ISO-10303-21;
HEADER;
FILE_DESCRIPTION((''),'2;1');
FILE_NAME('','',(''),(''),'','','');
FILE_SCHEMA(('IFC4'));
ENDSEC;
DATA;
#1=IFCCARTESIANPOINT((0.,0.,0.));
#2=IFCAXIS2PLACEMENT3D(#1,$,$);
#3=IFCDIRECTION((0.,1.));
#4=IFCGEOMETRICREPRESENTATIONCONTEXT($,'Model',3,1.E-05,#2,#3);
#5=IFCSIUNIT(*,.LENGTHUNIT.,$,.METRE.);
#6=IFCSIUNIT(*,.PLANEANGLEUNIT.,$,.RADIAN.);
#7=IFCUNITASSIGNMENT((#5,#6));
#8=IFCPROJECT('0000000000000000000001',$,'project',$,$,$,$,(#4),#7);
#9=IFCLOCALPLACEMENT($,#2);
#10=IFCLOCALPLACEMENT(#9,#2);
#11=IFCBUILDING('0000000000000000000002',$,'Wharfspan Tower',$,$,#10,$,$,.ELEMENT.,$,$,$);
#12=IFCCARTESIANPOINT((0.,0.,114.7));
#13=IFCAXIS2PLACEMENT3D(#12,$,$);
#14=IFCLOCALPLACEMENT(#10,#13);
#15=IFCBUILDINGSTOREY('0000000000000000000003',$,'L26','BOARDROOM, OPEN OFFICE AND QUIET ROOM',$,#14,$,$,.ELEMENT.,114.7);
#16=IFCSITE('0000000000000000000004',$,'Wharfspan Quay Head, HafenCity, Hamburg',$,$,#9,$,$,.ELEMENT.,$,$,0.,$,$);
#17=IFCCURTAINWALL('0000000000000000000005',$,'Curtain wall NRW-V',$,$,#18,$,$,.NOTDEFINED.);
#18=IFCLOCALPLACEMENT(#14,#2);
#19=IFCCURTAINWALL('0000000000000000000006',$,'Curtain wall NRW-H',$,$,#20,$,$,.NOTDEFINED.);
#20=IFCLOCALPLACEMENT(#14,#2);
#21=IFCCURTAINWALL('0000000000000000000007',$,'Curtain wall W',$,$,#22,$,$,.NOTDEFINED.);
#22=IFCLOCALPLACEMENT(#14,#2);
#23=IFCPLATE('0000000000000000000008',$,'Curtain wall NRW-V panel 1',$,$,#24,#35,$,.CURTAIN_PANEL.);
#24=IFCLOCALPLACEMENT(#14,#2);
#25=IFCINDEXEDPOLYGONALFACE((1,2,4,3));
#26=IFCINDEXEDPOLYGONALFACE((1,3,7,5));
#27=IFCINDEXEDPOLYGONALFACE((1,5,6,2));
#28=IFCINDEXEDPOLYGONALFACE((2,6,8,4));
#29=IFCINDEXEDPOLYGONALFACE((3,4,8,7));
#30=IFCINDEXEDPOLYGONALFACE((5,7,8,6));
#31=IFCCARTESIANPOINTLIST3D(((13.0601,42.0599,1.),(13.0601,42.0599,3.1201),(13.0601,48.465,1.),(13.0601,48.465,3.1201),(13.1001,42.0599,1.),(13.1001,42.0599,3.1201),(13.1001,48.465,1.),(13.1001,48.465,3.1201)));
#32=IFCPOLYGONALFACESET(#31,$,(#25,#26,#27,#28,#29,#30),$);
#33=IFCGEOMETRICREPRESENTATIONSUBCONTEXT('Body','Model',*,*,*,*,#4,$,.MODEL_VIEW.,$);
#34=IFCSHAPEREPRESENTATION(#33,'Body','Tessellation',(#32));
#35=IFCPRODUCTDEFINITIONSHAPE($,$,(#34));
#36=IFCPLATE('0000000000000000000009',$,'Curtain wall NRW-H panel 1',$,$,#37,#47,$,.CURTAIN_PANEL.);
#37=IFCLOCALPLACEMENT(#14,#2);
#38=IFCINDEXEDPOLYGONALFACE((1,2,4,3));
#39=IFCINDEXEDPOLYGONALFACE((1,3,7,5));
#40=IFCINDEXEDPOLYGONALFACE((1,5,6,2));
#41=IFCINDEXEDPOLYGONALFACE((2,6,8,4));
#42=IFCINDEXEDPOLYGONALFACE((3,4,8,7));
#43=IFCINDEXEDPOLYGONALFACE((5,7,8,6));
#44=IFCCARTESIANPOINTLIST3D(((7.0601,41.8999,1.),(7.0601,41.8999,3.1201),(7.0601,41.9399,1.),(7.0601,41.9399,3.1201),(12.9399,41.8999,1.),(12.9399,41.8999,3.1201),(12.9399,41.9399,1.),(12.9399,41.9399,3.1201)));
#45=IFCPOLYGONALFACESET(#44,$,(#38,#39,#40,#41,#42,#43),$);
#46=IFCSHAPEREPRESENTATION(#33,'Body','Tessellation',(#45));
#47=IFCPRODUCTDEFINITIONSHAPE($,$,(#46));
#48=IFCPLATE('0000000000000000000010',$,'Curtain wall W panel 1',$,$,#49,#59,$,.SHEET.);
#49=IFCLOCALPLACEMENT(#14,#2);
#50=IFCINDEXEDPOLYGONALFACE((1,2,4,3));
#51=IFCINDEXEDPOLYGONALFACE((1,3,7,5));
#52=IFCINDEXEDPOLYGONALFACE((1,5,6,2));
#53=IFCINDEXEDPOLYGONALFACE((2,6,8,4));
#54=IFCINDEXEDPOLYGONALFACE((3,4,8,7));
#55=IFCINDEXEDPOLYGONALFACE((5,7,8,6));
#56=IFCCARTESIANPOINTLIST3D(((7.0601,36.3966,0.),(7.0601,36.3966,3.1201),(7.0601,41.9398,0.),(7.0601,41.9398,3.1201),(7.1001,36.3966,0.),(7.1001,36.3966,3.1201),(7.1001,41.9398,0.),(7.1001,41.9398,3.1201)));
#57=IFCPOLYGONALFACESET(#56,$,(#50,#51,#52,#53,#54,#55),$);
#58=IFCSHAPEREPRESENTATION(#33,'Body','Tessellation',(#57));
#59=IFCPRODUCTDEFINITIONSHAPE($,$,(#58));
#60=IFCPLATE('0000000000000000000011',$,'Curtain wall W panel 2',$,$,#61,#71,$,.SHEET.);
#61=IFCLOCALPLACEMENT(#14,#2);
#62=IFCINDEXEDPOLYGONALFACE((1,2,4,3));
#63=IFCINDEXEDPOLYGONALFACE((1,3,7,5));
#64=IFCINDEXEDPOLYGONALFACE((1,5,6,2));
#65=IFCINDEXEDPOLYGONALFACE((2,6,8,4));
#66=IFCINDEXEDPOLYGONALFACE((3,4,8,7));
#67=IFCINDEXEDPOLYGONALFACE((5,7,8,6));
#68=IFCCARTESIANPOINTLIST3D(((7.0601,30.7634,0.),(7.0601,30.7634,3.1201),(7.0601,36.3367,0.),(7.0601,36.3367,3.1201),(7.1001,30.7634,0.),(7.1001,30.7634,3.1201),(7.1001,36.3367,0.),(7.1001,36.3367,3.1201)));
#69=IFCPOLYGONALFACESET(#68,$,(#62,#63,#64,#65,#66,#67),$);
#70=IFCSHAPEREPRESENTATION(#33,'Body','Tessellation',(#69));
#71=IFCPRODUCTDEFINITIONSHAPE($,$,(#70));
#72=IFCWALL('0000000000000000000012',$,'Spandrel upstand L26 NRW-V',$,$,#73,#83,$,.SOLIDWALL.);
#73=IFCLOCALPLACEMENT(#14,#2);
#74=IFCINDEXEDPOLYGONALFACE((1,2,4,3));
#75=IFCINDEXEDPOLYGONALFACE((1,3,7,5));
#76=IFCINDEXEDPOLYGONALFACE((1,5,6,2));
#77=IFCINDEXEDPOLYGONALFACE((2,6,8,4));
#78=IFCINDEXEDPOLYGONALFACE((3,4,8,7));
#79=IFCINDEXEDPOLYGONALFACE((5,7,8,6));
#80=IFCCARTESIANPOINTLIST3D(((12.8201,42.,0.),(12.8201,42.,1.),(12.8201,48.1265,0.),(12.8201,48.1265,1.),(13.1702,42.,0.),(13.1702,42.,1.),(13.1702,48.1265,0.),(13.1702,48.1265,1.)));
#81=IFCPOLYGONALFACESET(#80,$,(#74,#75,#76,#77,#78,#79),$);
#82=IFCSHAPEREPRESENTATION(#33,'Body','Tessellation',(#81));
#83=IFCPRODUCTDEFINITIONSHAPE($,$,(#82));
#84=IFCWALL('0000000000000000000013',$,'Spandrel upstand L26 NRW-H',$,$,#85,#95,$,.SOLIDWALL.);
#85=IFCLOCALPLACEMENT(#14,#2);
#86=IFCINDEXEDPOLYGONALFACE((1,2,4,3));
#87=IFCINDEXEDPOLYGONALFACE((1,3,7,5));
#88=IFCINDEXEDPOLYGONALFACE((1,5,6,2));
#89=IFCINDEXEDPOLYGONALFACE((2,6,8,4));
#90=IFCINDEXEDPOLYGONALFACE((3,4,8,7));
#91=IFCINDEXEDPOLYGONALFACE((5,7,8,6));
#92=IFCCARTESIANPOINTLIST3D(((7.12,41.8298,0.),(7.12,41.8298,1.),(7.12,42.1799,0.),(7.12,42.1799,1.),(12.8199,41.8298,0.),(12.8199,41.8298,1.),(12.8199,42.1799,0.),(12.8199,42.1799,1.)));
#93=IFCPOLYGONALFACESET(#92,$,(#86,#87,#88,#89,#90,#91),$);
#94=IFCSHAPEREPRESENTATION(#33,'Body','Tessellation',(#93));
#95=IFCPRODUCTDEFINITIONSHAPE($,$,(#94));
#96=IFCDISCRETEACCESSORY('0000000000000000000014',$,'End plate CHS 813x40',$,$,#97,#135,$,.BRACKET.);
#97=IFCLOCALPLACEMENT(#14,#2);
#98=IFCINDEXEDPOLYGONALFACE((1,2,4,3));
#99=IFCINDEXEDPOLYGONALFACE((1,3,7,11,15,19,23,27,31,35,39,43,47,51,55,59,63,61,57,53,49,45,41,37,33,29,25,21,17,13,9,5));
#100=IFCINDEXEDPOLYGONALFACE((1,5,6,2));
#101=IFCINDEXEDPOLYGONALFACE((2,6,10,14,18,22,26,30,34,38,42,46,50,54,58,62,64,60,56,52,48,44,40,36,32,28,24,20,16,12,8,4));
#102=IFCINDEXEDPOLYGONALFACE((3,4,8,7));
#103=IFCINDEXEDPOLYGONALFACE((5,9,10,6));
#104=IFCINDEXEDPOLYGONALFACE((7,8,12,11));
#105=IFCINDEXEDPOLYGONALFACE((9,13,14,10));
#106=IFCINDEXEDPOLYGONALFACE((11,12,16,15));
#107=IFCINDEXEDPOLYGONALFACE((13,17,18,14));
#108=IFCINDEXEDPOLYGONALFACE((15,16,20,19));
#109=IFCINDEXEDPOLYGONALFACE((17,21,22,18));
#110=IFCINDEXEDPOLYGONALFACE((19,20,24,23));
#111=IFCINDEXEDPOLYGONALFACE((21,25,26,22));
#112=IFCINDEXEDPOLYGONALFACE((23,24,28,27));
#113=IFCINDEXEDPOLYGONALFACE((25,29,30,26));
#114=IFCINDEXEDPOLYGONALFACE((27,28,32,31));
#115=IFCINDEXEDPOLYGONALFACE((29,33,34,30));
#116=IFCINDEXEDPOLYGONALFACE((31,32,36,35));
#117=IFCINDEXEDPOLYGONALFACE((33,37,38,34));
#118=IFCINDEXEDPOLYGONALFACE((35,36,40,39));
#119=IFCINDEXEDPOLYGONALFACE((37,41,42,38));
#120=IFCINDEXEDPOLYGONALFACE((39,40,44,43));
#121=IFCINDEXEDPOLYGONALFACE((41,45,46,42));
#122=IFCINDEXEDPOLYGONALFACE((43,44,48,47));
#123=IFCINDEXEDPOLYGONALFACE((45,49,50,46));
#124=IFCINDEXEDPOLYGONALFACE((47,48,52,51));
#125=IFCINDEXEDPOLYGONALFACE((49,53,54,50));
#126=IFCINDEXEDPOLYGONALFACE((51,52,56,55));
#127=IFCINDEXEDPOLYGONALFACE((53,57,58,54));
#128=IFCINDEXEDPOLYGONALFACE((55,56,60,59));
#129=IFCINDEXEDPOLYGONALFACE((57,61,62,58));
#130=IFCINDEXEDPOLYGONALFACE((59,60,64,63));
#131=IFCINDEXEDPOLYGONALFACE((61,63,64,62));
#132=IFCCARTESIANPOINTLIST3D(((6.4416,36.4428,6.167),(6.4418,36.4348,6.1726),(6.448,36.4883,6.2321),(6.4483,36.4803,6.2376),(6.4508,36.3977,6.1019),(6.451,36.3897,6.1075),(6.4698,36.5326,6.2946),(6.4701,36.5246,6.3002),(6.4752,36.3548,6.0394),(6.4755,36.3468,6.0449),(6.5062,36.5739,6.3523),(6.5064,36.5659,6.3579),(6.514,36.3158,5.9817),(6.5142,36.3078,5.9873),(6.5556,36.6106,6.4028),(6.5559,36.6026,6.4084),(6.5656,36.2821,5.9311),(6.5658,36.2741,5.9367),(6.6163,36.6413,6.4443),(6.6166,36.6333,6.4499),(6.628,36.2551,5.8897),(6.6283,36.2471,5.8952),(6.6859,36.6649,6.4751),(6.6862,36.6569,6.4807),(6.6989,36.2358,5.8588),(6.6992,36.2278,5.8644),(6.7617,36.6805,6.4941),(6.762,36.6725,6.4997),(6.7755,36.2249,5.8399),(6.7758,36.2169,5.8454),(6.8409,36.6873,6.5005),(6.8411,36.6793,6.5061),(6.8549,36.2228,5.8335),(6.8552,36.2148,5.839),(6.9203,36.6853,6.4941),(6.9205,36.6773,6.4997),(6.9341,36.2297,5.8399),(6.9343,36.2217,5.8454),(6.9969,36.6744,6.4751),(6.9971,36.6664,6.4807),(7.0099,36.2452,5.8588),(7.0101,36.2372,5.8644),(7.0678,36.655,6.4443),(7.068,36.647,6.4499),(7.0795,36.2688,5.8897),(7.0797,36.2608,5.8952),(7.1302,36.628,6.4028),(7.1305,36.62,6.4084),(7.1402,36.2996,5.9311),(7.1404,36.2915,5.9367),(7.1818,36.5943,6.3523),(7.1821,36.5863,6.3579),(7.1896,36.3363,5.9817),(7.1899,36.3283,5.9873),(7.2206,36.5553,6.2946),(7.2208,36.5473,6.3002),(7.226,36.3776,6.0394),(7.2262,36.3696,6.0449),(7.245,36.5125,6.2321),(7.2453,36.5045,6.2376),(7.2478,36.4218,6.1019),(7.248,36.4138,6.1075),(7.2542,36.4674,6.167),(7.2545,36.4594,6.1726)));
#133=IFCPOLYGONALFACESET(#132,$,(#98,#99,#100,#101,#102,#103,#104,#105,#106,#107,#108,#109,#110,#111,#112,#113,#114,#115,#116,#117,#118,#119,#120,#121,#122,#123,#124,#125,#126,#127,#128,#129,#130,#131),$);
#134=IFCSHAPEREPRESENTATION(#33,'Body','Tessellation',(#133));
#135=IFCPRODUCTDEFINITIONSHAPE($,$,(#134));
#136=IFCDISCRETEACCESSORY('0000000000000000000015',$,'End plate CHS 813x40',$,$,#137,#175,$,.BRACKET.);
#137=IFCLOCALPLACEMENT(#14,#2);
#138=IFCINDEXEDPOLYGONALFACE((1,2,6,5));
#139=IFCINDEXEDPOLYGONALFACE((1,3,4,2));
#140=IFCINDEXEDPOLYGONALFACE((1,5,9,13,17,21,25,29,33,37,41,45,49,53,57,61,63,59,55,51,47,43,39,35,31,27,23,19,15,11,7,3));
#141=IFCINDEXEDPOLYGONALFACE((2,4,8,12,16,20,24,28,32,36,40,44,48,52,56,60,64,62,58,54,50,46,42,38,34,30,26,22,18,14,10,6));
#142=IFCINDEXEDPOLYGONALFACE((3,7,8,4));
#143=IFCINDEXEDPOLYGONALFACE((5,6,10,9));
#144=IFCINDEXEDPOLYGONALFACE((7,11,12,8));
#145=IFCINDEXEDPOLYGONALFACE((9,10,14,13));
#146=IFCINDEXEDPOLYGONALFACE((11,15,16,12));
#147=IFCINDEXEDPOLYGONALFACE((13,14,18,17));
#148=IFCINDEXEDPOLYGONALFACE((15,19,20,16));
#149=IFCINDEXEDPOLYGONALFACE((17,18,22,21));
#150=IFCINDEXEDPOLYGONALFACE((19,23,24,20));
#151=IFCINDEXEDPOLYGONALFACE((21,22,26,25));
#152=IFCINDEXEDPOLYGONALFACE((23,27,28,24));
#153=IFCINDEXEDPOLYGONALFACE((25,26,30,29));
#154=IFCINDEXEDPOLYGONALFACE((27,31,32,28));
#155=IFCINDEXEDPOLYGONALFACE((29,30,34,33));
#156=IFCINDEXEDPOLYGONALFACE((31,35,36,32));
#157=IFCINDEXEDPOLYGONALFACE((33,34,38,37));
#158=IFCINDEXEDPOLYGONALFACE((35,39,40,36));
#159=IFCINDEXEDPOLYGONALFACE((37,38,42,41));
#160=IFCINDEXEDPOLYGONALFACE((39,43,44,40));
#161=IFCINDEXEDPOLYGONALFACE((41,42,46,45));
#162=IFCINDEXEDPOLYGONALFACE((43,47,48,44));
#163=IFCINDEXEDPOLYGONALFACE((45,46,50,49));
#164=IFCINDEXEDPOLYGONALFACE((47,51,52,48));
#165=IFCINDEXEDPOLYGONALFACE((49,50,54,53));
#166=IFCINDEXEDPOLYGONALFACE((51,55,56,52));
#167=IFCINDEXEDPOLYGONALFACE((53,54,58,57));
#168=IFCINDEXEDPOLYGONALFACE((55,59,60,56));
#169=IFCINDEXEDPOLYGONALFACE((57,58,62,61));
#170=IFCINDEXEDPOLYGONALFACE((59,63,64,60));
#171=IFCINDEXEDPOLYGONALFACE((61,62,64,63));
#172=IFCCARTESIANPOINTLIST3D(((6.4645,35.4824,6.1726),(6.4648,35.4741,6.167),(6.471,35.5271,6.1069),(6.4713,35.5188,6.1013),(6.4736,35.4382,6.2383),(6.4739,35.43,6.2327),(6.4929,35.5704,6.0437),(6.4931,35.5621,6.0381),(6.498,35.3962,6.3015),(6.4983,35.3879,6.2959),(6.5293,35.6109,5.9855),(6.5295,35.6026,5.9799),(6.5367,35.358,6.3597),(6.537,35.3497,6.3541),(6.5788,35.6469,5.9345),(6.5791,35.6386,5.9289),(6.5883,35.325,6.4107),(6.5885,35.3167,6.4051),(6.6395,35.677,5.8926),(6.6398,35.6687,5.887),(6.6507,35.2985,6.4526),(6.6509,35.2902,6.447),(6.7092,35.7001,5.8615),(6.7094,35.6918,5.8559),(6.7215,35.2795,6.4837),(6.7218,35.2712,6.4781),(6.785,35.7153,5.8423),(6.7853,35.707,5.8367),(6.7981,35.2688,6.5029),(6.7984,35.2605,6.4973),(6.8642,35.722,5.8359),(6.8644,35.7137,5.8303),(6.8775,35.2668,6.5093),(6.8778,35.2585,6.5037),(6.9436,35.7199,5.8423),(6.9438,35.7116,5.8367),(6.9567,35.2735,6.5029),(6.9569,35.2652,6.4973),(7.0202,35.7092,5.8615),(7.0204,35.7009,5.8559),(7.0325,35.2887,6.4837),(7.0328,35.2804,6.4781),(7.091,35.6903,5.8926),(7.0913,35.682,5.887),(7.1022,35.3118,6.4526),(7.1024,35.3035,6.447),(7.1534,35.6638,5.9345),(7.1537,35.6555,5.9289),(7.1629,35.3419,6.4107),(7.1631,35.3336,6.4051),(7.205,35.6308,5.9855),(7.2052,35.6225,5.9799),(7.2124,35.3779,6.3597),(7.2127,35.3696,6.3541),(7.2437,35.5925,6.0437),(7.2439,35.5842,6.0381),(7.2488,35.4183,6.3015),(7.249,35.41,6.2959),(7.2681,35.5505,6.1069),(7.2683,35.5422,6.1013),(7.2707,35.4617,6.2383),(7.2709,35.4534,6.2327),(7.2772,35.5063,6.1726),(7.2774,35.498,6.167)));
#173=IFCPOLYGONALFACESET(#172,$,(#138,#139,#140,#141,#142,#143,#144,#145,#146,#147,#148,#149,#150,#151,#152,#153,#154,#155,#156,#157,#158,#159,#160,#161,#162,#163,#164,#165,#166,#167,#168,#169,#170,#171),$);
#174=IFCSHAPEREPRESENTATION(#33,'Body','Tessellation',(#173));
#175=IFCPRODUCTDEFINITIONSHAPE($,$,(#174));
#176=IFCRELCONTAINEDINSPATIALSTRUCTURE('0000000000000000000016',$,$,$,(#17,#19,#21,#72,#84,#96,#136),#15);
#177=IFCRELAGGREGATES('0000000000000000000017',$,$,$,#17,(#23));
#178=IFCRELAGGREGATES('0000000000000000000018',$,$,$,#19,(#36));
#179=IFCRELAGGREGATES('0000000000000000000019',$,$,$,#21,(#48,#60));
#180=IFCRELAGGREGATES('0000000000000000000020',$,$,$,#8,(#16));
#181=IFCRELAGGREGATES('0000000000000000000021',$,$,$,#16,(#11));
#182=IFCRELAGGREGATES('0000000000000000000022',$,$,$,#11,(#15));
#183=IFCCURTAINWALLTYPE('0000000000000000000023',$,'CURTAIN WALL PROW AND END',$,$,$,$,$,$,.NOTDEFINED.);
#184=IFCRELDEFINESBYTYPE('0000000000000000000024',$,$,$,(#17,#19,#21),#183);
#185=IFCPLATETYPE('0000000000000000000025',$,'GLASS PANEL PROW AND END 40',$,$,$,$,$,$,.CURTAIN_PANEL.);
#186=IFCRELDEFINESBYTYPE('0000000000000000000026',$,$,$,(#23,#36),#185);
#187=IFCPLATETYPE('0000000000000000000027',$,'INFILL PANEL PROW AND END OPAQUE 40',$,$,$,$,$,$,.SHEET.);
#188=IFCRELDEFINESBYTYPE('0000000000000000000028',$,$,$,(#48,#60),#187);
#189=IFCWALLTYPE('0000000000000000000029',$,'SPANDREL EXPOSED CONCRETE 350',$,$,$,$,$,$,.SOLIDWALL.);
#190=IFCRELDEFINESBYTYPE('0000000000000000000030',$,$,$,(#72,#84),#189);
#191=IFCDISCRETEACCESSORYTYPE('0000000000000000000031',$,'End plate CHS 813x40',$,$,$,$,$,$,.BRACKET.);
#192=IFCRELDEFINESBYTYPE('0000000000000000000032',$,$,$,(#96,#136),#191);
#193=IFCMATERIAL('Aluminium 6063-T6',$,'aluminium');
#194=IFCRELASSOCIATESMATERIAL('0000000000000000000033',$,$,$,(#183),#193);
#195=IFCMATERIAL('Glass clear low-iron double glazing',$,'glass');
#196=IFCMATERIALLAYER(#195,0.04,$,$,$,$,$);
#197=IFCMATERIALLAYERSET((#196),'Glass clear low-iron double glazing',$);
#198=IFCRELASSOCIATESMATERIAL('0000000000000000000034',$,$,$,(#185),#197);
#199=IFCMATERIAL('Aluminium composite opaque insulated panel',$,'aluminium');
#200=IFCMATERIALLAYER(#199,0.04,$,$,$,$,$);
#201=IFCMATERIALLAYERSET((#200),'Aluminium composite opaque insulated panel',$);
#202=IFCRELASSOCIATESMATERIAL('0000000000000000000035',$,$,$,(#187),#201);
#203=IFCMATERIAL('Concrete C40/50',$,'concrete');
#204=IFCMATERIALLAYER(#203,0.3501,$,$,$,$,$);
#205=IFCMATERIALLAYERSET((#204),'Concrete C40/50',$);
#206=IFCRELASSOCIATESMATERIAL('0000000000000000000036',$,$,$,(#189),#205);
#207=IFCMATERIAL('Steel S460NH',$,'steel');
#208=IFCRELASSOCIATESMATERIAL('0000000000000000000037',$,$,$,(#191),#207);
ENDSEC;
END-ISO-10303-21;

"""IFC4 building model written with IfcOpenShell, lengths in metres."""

from ifc_helpers import new_model, si_unit, direction, frame, frame_2d, origin, origin_2d, place, context, subcontext, project, spatial, rectangle, circle, extrude, material, layer, layer_set, material_profile, profile_set, type_object, element, aggregate, save


model = new_model("IFC4")

# Units and contexts
model_context = context("Model", 3, precision=1e-05, world=origin(), true_north=direction((0.0, 1.0)))
body_context = subcontext(model_context, "Body", "Model", "MODEL_VIEW")
ifc_project = project(units=[si_unit("LENGTHUNIT", "METRE"), si_unit("PLANEANGLEUNIT", "RADIAN")], contexts=[model_context])

# Site, building, storey
site_placement = place(None, origin())
site = spatial("IfcSite", under=ifc_project, at=site_placement, Name="Wharfspan Quay Head, HafenCity, Hamburg", CompositionType="ELEMENT", RefElevation=0.0)
building_placement = place(site_placement, origin())
building = spatial("IfcBuilding", under=site, at=building_placement, Name="Wharfspan Tower", CompositionType="ELEMENT")
storey_placement = place(building_placement, frame((0.0, 0.0, 114.7)))
storey = spatial("IfcBuildingStorey", under=building, at=storey_placement, Name="L26", Description="BOARDROOM, OPEN OFFICE AND QUIET ROOM", CompositionType="ELEMENT", Elevation=114.7)

# Curtain walls
ifc_material_1 = material(Name="Aluminium 6063-T6", Category="aluminium")
curtain_wall_type = type_object("IfcCurtainWallType", Name="CURTAIN WALL PROW AND END", PredefinedType="NOTDEFINED", material=ifc_material_1)
curtain_wall_1_placement = place(storey_placement, origin())
curtain_wall_1 = element("IfcCurtainWall", 1, at=curtain_wall_1_placement, inside=storey, type_object=curtain_wall_type, Name="Curtain wall NRW-V", PredefinedType="NOTDEFINED")
curtain_wall_2_placement = place(storey_placement, origin())
curtain_wall_2 = element("IfcCurtainWall", 2, at=curtain_wall_2_placement, inside=storey, type_object=curtain_wall_type, Name="Curtain wall NRW-H", PredefinedType="NOTDEFINED")
curtain_wall_3_placement = place(storey_placement, origin())
curtain_wall_3 = element("IfcCurtainWall", 3, at=curtain_wall_3_placement, inside=storey, type_object=curtain_wall_type, Name="Curtain wall W", PredefinedType="NOTDEFINED")

# Shared definitions
ifc_material_2 = material(Name="Steel S460NH", Category="steel")

# Plates
ifc_material_3 = material(Name="Glass clear low-iron double glazing", Category="glass")
ifc_layer_1 = layer(ifc_material_3, 0.04)
ifc_layer_set_1 = layer_set([ifc_layer_1], Name="Glass clear low-iron double glazing")
plate_type_1 = type_object("IfcPlateType", Name="GLASS PANEL PROW AND END 40", PredefinedType="CURTAIN_PANEL", material=ifc_layer_set_1)
plate_1_placement = place(storey_placement, frame((13.0801, 45.2625, 1.0), z_axis=(0.0, 0.0, 1.0), x_axis=(0.0, -1.0, 0.0)))
plate_1 = element("IfcPlate", 4, at=plate_1_placement, type_object=plate_type_1, Name="Curtain wall NRW-V panel 1", PredefinedType="CURTAIN_PANEL", context=body_context, shape_type="SweptSolid", body=[
    extrude(rectangle(XDim=6.405, YDim=0.04, at=origin_2d()), origin(), (0.0, 0.0, 1.0), 2.1201),
])
aggregate(curtain_wall_1, [plate_1])
plate_2_placement = place(storey_placement, frame((10.0, 41.9199, 1.0), z_axis=(0.0, 0.0, 1.0), x_axis=(-1.0, 0.0, 0.0)))
plate_2 = element("IfcPlate", 5, at=plate_2_placement, type_object=plate_type_1, Name="Curtain wall NRW-H panel 1", PredefinedType="CURTAIN_PANEL", context=body_context, shape_type="SweptSolid", body=[
    extrude(rectangle(XDim=5.8799, YDim=0.04, at=origin_2d()), origin(), (0.0, 0.0, 1.0), 2.1201),
])
aggregate(curtain_wall_2, [plate_2])
ifc_material_4 = material(Name="Aluminium composite opaque insulated panel", Category="aluminium")
ifc_layer_2 = layer(ifc_material_4, 0.04)
ifc_layer_set_2 = layer_set([ifc_layer_2], Name="Aluminium composite opaque insulated panel")
plate_type_2 = type_object("IfcPlateType", Name="INFILL PANEL PROW AND END OPAQUE 40", PredefinedType="SHEET", material=ifc_layer_set_2)
plate_3_placement = place(storey_placement, frame((7.0801, 39.1682, 0.0), z_axis=(0.0, 0.0, 1.0), x_axis=(0.0, -1.0, 0.0)))
plate_3 = element("IfcPlate", 6, at=plate_3_placement, type_object=plate_type_2, Name="Curtain wall W panel 1", PredefinedType="SHEET", context=body_context, shape_type="SweptSolid", body=[
    extrude(rectangle(XDim=5.5432, YDim=0.04, at=origin_2d()), origin(), (0.0, 0.0, 1.0), 3.1201),
])
plate_4_placement = place(storey_placement, frame((7.0801, 33.55, 0.0), z_axis=(0.0, 0.0, 1.0), x_axis=(0.0, -1.0, 0.0)))
plate_4 = element("IfcPlate", 7, at=plate_4_placement, type_object=plate_type_2, Name="Curtain wall W panel 2", PredefinedType="SHEET", context=body_context, shape_type="SweptSolid", body=[
    extrude(rectangle(XDim=5.5732, YDim=0.04, at=origin_2d()), origin(), (0.0, 0.0, 1.0), 3.1201),
])
aggregate(curtain_wall_3, [plate_3, plate_4])

# Walls
ifc_material_5 = material(Name="Concrete C40/50", Category="concrete")
ifc_layer_3 = layer(ifc_material_5, 0.3501)
ifc_layer_set_3 = layer_set([ifc_layer_3], Name="Concrete C40/50")
wall_type = type_object("IfcWallType", Name="SPANDREL EXPOSED CONCRETE 350", PredefinedType="SOLIDWALL", material=ifc_layer_set_3)
wall_1_placement = place(storey_placement, frame((12.9951, 48.1265, 0.0), z_axis=(0.0, 0.0, 1.0), x_axis=(0.0, -1.0, 0.0)))
element("IfcWall", 8, at=wall_1_placement, inside=storey, type_object=wall_type, Name="Spandrel upstand L26 NRW-V", PredefinedType="SOLIDWALL", context=body_context, shape_type="SweptSolid", body=[
    extrude(rectangle(XDim=6.1265, YDim=0.3501, at=frame_2d((3.0632, 0.0))), origin(), (0.0, 0.0, 1.0), 1.0),
])
wall_2_placement = place(storey_placement, frame((12.8201, 42.0049, 0.0), z_axis=(0.0, 0.0, 1.0), x_axis=(-1.0, 0.0, 0.0)))
element("IfcWall", 9, at=wall_2_placement, inside=storey, type_object=wall_type, Name="Spandrel upstand L26 NRW-H", PredefinedType="SOLIDWALL", context=body_context, shape_type="SweptSolid", body=[
    extrude(rectangle(XDim=5.7, YDim=0.3501, at=frame_2d((2.8501, 0.0))), origin(), (0.0, 0.0, 1.0), 1.0),
])

# Discrete accessories
ifc_material_profile_1 = material_profile(ifc_material_2, circle(Radius=0.4065, at=origin_2d()))
ifc_profile_set_1 = profile_set([ifc_material_profile_1], Name="Steel S460NH")
discrete_accessory_type = type_object("IfcDiscreteAccessoryType", Name="End plate CHS 813x40", PredefinedType="BRACKET", material=ifc_profile_set_1)
discrete_accessory_1_placement = place(storey_placement, frame((6.8479, 36.4551, 6.167), z_axis=(0.024853, -0.820145, 0.571616), x_axis=(0.999542, 0.03029, 0.000001)))
element("IfcDiscreteAccessory", 10, at=discrete_accessory_1_placement, inside=storey, type_object=discrete_accessory_type, Name="End plate CHS 813x40", PredefinedType="BRACKET", context=body_context, shape_type="SweptSolid", body=[
    extrude(circle(Radius=0.4065, at=origin_2d()), origin(), (0.0, 0.0, 1.0), 0.0098),
])
discrete_accessory_2_placement = place(storey_placement, frame((6.8711, 35.4861, 6.167), z_axis=(-0.024354, 0.828038, 0.560143), x_axis=(-0.999568, -0.029399, 0.0)))
element("IfcDiscreteAccessory", 11, at=discrete_accessory_2_placement, inside=storey, type_object=discrete_accessory_type, Name="End plate CHS 813x40", PredefinedType="BRACKET", context=body_context, shape_type="SweptSolid", body=[
    extrude(circle(Radius=0.4065, at=origin_2d()), origin(), (0.0, 0.0, 1.0), 0.01),
])

save(model, "model.ifc")
